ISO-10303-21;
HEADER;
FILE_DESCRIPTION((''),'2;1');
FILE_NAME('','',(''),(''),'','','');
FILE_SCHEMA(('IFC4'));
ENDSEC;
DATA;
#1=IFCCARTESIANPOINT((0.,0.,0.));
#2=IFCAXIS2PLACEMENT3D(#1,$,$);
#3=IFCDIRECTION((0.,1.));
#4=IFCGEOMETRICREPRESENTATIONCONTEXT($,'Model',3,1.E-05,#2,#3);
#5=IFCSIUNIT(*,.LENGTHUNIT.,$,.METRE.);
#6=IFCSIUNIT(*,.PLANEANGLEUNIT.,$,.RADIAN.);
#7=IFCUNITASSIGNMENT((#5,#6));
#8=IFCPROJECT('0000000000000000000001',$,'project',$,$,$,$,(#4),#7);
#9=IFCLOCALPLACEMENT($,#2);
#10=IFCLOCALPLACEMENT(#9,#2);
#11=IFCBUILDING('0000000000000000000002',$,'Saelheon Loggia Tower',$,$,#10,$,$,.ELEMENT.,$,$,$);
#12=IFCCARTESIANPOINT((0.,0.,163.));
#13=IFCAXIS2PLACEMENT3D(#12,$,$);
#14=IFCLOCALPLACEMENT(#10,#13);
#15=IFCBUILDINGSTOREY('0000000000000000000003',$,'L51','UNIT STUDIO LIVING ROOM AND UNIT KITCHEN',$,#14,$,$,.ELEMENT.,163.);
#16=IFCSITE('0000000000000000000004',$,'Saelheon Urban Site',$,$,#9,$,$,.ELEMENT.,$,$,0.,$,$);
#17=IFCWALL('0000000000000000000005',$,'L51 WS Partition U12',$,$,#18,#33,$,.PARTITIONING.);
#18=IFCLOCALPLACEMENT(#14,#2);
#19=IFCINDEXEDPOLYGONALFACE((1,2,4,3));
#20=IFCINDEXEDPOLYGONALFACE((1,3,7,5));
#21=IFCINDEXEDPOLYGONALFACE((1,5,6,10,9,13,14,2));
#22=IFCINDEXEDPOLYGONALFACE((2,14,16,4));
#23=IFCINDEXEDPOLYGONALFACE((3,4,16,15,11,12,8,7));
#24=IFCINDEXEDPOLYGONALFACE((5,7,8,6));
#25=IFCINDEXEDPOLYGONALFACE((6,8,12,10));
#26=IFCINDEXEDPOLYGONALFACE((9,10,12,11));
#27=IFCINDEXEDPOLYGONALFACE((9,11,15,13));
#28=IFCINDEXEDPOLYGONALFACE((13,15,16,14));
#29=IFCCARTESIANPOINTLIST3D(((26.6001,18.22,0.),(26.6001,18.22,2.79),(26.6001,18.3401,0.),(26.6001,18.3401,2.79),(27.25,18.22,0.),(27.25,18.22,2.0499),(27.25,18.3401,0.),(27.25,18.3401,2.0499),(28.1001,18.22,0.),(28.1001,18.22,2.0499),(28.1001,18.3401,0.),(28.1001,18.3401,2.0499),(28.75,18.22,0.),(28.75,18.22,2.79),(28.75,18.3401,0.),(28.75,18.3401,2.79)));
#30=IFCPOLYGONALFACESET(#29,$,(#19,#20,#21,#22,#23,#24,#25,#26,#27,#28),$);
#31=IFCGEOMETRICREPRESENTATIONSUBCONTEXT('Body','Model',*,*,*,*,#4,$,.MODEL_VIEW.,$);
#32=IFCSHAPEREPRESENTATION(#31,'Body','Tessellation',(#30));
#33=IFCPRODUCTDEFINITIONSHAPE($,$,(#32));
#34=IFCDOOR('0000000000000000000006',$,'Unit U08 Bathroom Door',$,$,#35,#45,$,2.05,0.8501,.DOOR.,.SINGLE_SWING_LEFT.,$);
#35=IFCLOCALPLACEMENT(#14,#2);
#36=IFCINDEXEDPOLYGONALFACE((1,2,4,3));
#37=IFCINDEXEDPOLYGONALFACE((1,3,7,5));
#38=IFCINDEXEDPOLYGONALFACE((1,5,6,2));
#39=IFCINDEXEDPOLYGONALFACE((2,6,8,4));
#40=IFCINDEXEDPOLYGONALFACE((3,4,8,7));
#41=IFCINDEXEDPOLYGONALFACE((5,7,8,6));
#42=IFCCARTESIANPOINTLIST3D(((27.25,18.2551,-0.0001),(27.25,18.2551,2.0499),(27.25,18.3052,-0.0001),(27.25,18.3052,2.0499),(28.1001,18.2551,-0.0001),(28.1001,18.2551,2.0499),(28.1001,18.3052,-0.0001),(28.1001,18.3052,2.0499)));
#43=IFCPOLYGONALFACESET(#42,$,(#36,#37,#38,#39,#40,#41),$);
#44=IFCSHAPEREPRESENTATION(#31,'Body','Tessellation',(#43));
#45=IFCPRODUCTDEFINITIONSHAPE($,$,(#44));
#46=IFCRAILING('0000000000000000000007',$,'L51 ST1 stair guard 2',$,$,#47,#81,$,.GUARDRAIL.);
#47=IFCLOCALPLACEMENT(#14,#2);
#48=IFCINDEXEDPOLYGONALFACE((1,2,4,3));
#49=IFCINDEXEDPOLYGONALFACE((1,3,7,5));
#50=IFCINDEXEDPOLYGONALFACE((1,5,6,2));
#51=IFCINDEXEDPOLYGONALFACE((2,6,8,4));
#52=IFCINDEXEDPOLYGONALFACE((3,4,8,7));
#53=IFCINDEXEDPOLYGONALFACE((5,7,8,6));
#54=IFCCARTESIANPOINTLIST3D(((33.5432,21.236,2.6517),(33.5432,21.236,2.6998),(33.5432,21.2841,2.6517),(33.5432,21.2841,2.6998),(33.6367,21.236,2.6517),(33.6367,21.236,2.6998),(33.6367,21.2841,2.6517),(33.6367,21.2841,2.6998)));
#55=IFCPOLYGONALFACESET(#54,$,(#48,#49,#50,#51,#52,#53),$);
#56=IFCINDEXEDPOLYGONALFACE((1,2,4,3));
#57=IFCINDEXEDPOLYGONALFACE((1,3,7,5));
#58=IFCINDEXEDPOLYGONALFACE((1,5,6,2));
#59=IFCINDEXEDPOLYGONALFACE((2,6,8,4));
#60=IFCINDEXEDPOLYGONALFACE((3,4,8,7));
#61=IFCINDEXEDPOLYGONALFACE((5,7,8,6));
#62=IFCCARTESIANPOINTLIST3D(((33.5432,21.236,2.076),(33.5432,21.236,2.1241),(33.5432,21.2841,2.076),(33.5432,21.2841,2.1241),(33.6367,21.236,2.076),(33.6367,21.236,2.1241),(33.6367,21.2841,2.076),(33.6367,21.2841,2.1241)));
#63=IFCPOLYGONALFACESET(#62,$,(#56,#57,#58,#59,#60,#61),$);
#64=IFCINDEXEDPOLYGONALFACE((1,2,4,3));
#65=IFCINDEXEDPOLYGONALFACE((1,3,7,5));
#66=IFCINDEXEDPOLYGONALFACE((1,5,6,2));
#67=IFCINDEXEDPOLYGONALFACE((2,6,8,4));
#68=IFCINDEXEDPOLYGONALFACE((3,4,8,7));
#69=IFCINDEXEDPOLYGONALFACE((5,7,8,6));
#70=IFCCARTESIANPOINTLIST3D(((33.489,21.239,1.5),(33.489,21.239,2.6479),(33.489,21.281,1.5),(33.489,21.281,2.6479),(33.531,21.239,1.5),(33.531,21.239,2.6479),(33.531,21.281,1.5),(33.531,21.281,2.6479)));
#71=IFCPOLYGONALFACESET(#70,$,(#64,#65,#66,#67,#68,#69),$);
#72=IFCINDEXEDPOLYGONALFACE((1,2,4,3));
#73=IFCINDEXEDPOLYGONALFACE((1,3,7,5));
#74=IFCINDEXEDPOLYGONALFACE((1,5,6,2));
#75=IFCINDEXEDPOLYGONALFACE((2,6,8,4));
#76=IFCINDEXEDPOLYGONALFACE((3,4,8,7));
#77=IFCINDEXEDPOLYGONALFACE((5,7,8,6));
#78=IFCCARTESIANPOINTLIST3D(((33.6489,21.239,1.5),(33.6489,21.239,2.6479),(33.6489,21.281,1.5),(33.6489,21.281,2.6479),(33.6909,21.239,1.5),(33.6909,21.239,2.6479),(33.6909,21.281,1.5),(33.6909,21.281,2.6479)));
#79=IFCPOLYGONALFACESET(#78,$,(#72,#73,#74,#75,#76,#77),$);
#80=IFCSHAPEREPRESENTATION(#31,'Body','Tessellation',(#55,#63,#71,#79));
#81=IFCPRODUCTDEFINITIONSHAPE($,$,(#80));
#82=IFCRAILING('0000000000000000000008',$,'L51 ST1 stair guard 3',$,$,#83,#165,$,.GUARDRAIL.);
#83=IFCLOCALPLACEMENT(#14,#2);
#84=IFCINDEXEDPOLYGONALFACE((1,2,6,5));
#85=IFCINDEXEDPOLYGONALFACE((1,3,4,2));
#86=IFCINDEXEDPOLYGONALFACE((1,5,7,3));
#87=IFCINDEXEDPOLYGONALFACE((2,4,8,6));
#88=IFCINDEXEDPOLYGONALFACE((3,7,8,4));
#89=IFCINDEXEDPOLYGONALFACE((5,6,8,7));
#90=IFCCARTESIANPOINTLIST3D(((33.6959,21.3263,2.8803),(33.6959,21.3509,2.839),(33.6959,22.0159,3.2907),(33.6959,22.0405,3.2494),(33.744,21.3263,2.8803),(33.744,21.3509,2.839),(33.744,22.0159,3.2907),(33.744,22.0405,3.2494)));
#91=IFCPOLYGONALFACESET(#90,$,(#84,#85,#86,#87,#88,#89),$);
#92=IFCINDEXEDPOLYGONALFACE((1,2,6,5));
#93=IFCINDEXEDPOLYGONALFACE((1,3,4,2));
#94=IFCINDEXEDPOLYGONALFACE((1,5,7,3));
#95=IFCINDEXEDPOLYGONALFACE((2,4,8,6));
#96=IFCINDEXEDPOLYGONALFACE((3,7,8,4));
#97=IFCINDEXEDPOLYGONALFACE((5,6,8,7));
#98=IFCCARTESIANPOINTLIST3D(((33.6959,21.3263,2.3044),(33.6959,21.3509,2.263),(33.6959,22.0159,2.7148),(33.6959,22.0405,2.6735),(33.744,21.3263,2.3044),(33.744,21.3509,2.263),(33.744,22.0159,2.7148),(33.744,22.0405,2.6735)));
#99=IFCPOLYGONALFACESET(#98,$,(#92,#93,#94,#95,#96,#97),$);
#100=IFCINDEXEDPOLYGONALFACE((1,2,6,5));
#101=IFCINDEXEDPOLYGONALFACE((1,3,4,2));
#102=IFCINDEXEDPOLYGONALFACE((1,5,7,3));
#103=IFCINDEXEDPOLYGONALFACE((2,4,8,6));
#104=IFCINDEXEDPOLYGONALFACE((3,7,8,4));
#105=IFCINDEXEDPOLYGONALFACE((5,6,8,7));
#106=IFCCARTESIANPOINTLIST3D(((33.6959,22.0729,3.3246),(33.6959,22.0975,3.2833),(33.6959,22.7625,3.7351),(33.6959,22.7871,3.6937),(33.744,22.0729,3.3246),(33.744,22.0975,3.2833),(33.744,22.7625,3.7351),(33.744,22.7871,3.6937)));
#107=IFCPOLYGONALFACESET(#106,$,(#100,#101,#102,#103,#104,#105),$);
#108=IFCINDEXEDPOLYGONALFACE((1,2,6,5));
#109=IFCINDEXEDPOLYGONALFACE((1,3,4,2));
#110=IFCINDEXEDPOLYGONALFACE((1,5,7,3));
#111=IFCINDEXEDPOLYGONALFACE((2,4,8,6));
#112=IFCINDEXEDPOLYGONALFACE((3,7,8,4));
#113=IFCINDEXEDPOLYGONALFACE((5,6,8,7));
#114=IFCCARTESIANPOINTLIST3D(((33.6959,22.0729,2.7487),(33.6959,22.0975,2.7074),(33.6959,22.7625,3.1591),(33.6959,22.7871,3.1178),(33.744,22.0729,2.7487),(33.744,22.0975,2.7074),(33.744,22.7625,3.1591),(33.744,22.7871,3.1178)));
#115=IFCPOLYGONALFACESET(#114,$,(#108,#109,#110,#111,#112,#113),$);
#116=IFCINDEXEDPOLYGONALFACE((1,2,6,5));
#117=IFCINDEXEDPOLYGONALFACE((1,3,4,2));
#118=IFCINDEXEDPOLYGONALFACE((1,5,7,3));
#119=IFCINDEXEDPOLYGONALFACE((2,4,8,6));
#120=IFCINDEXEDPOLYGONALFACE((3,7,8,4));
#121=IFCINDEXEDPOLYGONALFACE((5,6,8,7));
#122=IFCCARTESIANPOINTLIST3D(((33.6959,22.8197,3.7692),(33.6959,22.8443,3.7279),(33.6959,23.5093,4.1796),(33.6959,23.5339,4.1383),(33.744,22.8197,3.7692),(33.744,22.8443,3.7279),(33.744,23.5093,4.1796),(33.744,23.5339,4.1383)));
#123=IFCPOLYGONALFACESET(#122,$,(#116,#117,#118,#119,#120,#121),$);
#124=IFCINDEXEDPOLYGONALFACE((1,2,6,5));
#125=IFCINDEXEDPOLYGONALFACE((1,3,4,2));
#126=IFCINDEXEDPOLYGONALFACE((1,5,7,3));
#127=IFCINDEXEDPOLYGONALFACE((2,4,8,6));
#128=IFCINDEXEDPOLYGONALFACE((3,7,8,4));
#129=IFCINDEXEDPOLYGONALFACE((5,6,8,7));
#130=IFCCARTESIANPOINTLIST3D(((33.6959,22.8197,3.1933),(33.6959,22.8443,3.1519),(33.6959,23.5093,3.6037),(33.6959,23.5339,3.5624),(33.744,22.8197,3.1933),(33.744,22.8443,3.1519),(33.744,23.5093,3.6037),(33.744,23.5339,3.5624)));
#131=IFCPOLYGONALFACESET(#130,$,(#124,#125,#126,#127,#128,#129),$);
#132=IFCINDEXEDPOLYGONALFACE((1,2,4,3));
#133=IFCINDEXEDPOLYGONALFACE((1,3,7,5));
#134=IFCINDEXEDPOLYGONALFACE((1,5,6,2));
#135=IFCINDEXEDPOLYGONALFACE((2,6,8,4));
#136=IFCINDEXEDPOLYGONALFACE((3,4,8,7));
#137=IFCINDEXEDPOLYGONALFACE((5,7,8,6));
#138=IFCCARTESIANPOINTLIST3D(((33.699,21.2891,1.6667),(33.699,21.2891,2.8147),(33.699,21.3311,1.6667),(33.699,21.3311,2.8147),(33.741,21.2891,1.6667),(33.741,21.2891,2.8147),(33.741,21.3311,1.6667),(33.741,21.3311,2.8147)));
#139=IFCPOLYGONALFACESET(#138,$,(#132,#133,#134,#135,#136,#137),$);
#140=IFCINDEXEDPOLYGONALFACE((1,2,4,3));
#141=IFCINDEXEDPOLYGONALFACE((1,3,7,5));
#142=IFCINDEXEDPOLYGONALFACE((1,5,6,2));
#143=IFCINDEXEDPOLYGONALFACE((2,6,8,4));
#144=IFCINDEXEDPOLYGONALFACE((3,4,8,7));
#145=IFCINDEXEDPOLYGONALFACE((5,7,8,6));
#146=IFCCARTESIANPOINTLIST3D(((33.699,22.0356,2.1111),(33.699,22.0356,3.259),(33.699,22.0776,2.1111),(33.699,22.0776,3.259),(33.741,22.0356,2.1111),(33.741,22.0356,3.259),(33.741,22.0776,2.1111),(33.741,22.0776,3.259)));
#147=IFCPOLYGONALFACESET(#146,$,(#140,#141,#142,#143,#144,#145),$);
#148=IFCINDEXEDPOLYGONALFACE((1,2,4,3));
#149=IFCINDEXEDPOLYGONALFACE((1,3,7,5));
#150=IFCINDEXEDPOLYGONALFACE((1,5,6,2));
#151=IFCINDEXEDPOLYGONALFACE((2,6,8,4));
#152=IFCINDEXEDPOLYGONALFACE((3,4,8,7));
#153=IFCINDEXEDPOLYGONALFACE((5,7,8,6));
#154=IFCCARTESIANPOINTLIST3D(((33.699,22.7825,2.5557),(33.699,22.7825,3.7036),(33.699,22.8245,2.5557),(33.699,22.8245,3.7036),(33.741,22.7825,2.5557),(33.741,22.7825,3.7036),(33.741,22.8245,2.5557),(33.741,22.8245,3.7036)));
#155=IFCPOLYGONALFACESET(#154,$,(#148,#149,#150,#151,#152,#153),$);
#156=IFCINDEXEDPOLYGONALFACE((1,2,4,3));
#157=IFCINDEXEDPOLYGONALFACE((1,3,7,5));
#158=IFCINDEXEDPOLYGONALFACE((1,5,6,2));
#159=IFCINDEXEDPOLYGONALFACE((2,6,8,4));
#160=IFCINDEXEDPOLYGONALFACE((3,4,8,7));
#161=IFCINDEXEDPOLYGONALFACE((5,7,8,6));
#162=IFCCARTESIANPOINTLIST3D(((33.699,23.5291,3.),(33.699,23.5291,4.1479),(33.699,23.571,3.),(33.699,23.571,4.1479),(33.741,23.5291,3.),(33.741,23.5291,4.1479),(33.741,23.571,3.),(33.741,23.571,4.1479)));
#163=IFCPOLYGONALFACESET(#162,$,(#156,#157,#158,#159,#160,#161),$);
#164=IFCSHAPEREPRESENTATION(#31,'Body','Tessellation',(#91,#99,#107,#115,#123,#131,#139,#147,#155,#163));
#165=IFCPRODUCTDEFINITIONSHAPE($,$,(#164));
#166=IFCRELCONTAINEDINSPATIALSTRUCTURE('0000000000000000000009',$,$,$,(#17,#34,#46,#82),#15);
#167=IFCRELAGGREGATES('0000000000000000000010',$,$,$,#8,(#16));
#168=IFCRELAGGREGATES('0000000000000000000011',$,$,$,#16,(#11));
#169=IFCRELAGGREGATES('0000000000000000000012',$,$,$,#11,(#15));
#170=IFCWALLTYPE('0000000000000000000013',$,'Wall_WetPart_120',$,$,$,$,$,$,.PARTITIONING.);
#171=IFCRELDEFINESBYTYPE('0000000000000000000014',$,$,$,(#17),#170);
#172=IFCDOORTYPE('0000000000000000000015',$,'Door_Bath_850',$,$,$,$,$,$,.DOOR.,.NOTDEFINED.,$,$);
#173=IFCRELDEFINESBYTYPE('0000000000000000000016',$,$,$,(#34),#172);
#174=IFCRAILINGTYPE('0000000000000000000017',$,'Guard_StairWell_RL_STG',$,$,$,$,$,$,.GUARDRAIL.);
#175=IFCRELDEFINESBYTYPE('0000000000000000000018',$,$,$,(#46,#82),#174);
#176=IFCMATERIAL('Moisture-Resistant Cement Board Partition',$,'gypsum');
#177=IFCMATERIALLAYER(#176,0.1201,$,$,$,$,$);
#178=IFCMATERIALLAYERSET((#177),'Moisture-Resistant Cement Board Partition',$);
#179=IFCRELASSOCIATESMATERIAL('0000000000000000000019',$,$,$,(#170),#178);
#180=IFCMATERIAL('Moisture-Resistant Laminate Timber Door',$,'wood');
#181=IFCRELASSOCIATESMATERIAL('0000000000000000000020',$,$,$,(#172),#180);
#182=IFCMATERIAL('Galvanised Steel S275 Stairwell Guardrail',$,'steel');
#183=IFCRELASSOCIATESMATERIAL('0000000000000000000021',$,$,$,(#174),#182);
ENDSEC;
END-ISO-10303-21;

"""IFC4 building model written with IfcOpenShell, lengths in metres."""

from ifc_helpers import new_model, si_unit, direction, frame, frame_2d, origin, origin_2d, place, context, subcontext, project, spatial, rectangle, extrude, source, transform, mapped, material, layer, layer_set, type_object, element, fill, save


model = new_model("IFC4")

# Units and contexts
model_context = context("Model", 3, precision=1e-05, world=origin(), true_north=direction((0.0, 1.0)))
body_context = subcontext(model_context, "Body", "Model", "MODEL_VIEW")
ifc_project = project(units=[si_unit("LENGTHUNIT", "METRE"), si_unit("PLANEANGLEUNIT", "RADIAN")], contexts=[model_context])

# Site, building, storey
site_placement = place(None, origin())
site = spatial("IfcSite", under=ifc_project, at=site_placement, Name="Saelheon Urban Site", CompositionType="ELEMENT", RefElevation=0.0)
building_placement = place(site_placement, origin())
building = spatial("IfcBuilding", under=site, at=building_placement, Name="Saelheon Loggia Tower", CompositionType="ELEMENT")
storey_placement = place(building_placement, frame((0.0, 0.0, 163.0)))
storey = spatial("IfcBuildingStorey", under=building, at=storey_placement, Name="L51", Description="UNIT STUDIO LIVING ROOM AND UNIT KITCHEN", CompositionType="ELEMENT", Elevation=163.0)

# Wall, opening, door
ifc_material_1 = material(Name="Moisture-Resistant Cement Board Partition", Category="gypsum")
ifc_layer_1 = layer(ifc_material_1, 0.1201)
ifc_layer_set_1 = layer_set([ifc_layer_1], Name="Moisture-Resistant Cement Board Partition")
wall_type_1 = type_object("IfcWallType", Name="Wall_WetPart_120", PredefinedType="PARTITIONING", material=ifc_layer_set_1)
wall_1_placement = place(storey_placement, frame((28.75, 18.28, 0.0), z_axis=(0.0, 0.0, 1.0), x_axis=(-1.0, 0.0, 0.0)))
wall_1 = element("IfcWall", 1, at=wall_1_placement, inside=storey, type_object=wall_type_1, Name="L51 WS Partition U12", PredefinedType="PARTITIONING", context=body_context, shape_type="SweptSolid", body=[
    extrude(rectangle(XDim=2.1499, YDim=0.1201, at=frame_2d((1.075, 0.0))), origin(), (0.0, 0.0, 1.0), 2.79),
])
opening_1_placement = place(wall_1_placement, frame((0.6499, 0.0, 0.0)))
opening_1 = element("IfcOpeningElement", 2, at=opening_1_placement, cuts=wall_1, PredefinedType="OPENING", context=body_context, shape_type="SweptSolid", body=[
    extrude(rectangle(XDim=0.8501, YDim=2.05, at=frame_2d((0.425, 1.0249))), frame((0.0, 0.072, 0.0), z_axis=(0.0, -1.0, 0.0), x_axis=(1.0, 0.0, 0.0)), (0.0, 0.0, 1.0), 0.144),
])
ifc_material_2 = material(Name="Moisture-Resistant Laminate Timber Door", Category="wood")
door_type_1 = type_object("IfcDoorType", Name="Door_Bath_850", OperationType="NOTDEFINED", PredefinedType="DOOR", material=ifc_material_2)
shared_shape_1 = source(origin(), body_context, "Body", "SweptSolid", [
    extrude(rectangle(XDim=0.8501, YDim=2.05, at=frame_2d((0.425, 1.0249))), frame((0.0, 0.0249, 0.0), z_axis=(0.0, -1.0, 0.0), x_axis=(1.0, 0.0, 0.0)), (0.0, 0.0, 1.0), 0.05),
])
door_1_placement = place(opening_1_placement, origin())
door_1 = element("IfcDoor", 3, at=door_1_placement, inside=storey, type_object=door_type_1, Name="Unit U08 Bathroom Door", OperationType="SINGLE_SWING_LEFT", OverallHeight=2.05, OverallWidth=0.8501, PredefinedType="DOOR", context=body_context, shape_type="MappedRepresentation", body=[
    mapped(shared_shape_1, transform((0.0, 0.0, 0.0), scale=1.0)),
])
fill(opening_1, door_1)

# Railings
ifc_material_3 = material(Name="Galvanised Steel S275 Stairwell Guardrail", Category="steel")
railing_type_1 = type_object("IfcRailingType", Name="Guard_StairWell_RL_STG", PredefinedType="GUARDRAIL", material=ifc_material_3)
railing_1_placement = place(storey_placement, frame((33.51, 21.26, 1.5)))
element("IfcRailing", 4, at=railing_1_placement, inside=storey, type_object=railing_type_1, Name="L51 ST1 stair guard 2", PredefinedType="GUARDRAIL", context=body_context, shape_type="SweptSolid", body=[
    extrude(rectangle(XDim=0.0481, YDim=0.0481, at=origin_2d()), frame((0.0332, 0.0, 1.1758), z_axis=(1.0, 0.0, 0.0), x_axis=(0.0, 1.0, 0.0)), (0.0, 0.0, 1.0), 0.0935),
    extrude(rectangle(XDim=0.0481, YDim=0.0481, at=origin_2d()), frame((0.0332, 0.0, 0.6001), z_axis=(1.0, 0.0, 0.0), x_axis=(0.0, 1.0, 0.0)), (0.0, 0.0, 1.0), 0.0935),
    extrude(rectangle(XDim=0.042, YDim=0.042, at=origin_2d()), origin(), (0.0, 0.0, 1.0), 1.1479),
    extrude(rectangle(XDim=0.042, YDim=0.042, at=origin_2d()), frame((0.1599, 0.0, 0.0)), (0.0, 0.0, 1.0), 1.1479),
])
railing_2_placement = place(storey_placement, frame((33.72, 21.3101, 1.6667)))
element("IfcRailing", 5, at=railing_2_placement, inside=storey, type_object=railing_type_1, Name="L51 ST1 stair guard 3", PredefinedType="GUARDRAIL", context=body_context, shape_type="SweptSolid", body=[
    extrude(rectangle(XDim=0.0481, YDim=0.0481, at=origin_2d()), frame((0.0, 0.0286, 1.1929), z_axis=(0.0, 0.859306, 0.511462), x_axis=(-1.0, 0.0, 0.0)), (0.0, 0.0, 1.0), 0.8025),
    extrude(rectangle(XDim=0.0481, YDim=0.0481, at=origin_2d()), frame((0.0, 0.0286, 0.6169), z_axis=(0.0, 0.859306, 0.511462), x_axis=(-1.0, 0.0, 0.0)), (0.0, 0.0, 1.0), 0.8025),
    extrude(rectangle(XDim=0.0481, YDim=0.0481, at=origin_2d()), frame((0.0, 0.7751, 1.6372), z_axis=(0.0, 0.859306, 0.511462), x_axis=(-1.0, 0.0, 0.0)), (0.0, 0.0, 1.0), 0.8025),
    extrude(rectangle(XDim=0.0481, YDim=0.0481, at=origin_2d()), frame((0.0, 0.7751, 1.0613), z_axis=(0.0, 0.859306, 0.511462), x_axis=(-1.0, 0.0, 0.0)), (0.0, 0.0, 1.0), 0.8025),
    extrude(rectangle(XDim=0.0481, YDim=0.0481, at=origin_2d()), frame((0.0, 1.522, 2.0818), z_axis=(0.0, 0.859306, 0.511462), x_axis=(-1.0, 0.0, 0.0)), (0.0, 0.0, 1.0), 0.8025),
    extrude(rectangle(XDim=0.0481, YDim=0.0481, at=origin_2d()), frame((0.0, 1.522, 1.5059), z_axis=(0.0, 0.859306, 0.511462), x_axis=(-1.0, 0.0, 0.0)), (0.0, 0.0, 1.0), 0.8025),
    extrude(rectangle(XDim=0.042, YDim=0.042, at=origin_2d()), origin(), (0.0, 0.0, 1.0), 1.1479),
    extrude(rectangle(XDim=0.042, YDim=0.042, at=origin_2d()), frame((0.0, 0.7466, 0.4443)), (0.0, 0.0, 1.0), 1.1479),
    extrude(rectangle(XDim=0.042, YDim=0.042, at=origin_2d()), frame((0.0, 1.4934, 0.8889)), (0.0, 0.0, 1.0), 1.1479),
    extrude(rectangle(XDim=0.042, YDim=0.042, at=origin_2d()), frame((0.0, 2.24, 1.3333)), (0.0, 0.0, 1.0), 1.1479),
])

save(model, "model.ifc")
